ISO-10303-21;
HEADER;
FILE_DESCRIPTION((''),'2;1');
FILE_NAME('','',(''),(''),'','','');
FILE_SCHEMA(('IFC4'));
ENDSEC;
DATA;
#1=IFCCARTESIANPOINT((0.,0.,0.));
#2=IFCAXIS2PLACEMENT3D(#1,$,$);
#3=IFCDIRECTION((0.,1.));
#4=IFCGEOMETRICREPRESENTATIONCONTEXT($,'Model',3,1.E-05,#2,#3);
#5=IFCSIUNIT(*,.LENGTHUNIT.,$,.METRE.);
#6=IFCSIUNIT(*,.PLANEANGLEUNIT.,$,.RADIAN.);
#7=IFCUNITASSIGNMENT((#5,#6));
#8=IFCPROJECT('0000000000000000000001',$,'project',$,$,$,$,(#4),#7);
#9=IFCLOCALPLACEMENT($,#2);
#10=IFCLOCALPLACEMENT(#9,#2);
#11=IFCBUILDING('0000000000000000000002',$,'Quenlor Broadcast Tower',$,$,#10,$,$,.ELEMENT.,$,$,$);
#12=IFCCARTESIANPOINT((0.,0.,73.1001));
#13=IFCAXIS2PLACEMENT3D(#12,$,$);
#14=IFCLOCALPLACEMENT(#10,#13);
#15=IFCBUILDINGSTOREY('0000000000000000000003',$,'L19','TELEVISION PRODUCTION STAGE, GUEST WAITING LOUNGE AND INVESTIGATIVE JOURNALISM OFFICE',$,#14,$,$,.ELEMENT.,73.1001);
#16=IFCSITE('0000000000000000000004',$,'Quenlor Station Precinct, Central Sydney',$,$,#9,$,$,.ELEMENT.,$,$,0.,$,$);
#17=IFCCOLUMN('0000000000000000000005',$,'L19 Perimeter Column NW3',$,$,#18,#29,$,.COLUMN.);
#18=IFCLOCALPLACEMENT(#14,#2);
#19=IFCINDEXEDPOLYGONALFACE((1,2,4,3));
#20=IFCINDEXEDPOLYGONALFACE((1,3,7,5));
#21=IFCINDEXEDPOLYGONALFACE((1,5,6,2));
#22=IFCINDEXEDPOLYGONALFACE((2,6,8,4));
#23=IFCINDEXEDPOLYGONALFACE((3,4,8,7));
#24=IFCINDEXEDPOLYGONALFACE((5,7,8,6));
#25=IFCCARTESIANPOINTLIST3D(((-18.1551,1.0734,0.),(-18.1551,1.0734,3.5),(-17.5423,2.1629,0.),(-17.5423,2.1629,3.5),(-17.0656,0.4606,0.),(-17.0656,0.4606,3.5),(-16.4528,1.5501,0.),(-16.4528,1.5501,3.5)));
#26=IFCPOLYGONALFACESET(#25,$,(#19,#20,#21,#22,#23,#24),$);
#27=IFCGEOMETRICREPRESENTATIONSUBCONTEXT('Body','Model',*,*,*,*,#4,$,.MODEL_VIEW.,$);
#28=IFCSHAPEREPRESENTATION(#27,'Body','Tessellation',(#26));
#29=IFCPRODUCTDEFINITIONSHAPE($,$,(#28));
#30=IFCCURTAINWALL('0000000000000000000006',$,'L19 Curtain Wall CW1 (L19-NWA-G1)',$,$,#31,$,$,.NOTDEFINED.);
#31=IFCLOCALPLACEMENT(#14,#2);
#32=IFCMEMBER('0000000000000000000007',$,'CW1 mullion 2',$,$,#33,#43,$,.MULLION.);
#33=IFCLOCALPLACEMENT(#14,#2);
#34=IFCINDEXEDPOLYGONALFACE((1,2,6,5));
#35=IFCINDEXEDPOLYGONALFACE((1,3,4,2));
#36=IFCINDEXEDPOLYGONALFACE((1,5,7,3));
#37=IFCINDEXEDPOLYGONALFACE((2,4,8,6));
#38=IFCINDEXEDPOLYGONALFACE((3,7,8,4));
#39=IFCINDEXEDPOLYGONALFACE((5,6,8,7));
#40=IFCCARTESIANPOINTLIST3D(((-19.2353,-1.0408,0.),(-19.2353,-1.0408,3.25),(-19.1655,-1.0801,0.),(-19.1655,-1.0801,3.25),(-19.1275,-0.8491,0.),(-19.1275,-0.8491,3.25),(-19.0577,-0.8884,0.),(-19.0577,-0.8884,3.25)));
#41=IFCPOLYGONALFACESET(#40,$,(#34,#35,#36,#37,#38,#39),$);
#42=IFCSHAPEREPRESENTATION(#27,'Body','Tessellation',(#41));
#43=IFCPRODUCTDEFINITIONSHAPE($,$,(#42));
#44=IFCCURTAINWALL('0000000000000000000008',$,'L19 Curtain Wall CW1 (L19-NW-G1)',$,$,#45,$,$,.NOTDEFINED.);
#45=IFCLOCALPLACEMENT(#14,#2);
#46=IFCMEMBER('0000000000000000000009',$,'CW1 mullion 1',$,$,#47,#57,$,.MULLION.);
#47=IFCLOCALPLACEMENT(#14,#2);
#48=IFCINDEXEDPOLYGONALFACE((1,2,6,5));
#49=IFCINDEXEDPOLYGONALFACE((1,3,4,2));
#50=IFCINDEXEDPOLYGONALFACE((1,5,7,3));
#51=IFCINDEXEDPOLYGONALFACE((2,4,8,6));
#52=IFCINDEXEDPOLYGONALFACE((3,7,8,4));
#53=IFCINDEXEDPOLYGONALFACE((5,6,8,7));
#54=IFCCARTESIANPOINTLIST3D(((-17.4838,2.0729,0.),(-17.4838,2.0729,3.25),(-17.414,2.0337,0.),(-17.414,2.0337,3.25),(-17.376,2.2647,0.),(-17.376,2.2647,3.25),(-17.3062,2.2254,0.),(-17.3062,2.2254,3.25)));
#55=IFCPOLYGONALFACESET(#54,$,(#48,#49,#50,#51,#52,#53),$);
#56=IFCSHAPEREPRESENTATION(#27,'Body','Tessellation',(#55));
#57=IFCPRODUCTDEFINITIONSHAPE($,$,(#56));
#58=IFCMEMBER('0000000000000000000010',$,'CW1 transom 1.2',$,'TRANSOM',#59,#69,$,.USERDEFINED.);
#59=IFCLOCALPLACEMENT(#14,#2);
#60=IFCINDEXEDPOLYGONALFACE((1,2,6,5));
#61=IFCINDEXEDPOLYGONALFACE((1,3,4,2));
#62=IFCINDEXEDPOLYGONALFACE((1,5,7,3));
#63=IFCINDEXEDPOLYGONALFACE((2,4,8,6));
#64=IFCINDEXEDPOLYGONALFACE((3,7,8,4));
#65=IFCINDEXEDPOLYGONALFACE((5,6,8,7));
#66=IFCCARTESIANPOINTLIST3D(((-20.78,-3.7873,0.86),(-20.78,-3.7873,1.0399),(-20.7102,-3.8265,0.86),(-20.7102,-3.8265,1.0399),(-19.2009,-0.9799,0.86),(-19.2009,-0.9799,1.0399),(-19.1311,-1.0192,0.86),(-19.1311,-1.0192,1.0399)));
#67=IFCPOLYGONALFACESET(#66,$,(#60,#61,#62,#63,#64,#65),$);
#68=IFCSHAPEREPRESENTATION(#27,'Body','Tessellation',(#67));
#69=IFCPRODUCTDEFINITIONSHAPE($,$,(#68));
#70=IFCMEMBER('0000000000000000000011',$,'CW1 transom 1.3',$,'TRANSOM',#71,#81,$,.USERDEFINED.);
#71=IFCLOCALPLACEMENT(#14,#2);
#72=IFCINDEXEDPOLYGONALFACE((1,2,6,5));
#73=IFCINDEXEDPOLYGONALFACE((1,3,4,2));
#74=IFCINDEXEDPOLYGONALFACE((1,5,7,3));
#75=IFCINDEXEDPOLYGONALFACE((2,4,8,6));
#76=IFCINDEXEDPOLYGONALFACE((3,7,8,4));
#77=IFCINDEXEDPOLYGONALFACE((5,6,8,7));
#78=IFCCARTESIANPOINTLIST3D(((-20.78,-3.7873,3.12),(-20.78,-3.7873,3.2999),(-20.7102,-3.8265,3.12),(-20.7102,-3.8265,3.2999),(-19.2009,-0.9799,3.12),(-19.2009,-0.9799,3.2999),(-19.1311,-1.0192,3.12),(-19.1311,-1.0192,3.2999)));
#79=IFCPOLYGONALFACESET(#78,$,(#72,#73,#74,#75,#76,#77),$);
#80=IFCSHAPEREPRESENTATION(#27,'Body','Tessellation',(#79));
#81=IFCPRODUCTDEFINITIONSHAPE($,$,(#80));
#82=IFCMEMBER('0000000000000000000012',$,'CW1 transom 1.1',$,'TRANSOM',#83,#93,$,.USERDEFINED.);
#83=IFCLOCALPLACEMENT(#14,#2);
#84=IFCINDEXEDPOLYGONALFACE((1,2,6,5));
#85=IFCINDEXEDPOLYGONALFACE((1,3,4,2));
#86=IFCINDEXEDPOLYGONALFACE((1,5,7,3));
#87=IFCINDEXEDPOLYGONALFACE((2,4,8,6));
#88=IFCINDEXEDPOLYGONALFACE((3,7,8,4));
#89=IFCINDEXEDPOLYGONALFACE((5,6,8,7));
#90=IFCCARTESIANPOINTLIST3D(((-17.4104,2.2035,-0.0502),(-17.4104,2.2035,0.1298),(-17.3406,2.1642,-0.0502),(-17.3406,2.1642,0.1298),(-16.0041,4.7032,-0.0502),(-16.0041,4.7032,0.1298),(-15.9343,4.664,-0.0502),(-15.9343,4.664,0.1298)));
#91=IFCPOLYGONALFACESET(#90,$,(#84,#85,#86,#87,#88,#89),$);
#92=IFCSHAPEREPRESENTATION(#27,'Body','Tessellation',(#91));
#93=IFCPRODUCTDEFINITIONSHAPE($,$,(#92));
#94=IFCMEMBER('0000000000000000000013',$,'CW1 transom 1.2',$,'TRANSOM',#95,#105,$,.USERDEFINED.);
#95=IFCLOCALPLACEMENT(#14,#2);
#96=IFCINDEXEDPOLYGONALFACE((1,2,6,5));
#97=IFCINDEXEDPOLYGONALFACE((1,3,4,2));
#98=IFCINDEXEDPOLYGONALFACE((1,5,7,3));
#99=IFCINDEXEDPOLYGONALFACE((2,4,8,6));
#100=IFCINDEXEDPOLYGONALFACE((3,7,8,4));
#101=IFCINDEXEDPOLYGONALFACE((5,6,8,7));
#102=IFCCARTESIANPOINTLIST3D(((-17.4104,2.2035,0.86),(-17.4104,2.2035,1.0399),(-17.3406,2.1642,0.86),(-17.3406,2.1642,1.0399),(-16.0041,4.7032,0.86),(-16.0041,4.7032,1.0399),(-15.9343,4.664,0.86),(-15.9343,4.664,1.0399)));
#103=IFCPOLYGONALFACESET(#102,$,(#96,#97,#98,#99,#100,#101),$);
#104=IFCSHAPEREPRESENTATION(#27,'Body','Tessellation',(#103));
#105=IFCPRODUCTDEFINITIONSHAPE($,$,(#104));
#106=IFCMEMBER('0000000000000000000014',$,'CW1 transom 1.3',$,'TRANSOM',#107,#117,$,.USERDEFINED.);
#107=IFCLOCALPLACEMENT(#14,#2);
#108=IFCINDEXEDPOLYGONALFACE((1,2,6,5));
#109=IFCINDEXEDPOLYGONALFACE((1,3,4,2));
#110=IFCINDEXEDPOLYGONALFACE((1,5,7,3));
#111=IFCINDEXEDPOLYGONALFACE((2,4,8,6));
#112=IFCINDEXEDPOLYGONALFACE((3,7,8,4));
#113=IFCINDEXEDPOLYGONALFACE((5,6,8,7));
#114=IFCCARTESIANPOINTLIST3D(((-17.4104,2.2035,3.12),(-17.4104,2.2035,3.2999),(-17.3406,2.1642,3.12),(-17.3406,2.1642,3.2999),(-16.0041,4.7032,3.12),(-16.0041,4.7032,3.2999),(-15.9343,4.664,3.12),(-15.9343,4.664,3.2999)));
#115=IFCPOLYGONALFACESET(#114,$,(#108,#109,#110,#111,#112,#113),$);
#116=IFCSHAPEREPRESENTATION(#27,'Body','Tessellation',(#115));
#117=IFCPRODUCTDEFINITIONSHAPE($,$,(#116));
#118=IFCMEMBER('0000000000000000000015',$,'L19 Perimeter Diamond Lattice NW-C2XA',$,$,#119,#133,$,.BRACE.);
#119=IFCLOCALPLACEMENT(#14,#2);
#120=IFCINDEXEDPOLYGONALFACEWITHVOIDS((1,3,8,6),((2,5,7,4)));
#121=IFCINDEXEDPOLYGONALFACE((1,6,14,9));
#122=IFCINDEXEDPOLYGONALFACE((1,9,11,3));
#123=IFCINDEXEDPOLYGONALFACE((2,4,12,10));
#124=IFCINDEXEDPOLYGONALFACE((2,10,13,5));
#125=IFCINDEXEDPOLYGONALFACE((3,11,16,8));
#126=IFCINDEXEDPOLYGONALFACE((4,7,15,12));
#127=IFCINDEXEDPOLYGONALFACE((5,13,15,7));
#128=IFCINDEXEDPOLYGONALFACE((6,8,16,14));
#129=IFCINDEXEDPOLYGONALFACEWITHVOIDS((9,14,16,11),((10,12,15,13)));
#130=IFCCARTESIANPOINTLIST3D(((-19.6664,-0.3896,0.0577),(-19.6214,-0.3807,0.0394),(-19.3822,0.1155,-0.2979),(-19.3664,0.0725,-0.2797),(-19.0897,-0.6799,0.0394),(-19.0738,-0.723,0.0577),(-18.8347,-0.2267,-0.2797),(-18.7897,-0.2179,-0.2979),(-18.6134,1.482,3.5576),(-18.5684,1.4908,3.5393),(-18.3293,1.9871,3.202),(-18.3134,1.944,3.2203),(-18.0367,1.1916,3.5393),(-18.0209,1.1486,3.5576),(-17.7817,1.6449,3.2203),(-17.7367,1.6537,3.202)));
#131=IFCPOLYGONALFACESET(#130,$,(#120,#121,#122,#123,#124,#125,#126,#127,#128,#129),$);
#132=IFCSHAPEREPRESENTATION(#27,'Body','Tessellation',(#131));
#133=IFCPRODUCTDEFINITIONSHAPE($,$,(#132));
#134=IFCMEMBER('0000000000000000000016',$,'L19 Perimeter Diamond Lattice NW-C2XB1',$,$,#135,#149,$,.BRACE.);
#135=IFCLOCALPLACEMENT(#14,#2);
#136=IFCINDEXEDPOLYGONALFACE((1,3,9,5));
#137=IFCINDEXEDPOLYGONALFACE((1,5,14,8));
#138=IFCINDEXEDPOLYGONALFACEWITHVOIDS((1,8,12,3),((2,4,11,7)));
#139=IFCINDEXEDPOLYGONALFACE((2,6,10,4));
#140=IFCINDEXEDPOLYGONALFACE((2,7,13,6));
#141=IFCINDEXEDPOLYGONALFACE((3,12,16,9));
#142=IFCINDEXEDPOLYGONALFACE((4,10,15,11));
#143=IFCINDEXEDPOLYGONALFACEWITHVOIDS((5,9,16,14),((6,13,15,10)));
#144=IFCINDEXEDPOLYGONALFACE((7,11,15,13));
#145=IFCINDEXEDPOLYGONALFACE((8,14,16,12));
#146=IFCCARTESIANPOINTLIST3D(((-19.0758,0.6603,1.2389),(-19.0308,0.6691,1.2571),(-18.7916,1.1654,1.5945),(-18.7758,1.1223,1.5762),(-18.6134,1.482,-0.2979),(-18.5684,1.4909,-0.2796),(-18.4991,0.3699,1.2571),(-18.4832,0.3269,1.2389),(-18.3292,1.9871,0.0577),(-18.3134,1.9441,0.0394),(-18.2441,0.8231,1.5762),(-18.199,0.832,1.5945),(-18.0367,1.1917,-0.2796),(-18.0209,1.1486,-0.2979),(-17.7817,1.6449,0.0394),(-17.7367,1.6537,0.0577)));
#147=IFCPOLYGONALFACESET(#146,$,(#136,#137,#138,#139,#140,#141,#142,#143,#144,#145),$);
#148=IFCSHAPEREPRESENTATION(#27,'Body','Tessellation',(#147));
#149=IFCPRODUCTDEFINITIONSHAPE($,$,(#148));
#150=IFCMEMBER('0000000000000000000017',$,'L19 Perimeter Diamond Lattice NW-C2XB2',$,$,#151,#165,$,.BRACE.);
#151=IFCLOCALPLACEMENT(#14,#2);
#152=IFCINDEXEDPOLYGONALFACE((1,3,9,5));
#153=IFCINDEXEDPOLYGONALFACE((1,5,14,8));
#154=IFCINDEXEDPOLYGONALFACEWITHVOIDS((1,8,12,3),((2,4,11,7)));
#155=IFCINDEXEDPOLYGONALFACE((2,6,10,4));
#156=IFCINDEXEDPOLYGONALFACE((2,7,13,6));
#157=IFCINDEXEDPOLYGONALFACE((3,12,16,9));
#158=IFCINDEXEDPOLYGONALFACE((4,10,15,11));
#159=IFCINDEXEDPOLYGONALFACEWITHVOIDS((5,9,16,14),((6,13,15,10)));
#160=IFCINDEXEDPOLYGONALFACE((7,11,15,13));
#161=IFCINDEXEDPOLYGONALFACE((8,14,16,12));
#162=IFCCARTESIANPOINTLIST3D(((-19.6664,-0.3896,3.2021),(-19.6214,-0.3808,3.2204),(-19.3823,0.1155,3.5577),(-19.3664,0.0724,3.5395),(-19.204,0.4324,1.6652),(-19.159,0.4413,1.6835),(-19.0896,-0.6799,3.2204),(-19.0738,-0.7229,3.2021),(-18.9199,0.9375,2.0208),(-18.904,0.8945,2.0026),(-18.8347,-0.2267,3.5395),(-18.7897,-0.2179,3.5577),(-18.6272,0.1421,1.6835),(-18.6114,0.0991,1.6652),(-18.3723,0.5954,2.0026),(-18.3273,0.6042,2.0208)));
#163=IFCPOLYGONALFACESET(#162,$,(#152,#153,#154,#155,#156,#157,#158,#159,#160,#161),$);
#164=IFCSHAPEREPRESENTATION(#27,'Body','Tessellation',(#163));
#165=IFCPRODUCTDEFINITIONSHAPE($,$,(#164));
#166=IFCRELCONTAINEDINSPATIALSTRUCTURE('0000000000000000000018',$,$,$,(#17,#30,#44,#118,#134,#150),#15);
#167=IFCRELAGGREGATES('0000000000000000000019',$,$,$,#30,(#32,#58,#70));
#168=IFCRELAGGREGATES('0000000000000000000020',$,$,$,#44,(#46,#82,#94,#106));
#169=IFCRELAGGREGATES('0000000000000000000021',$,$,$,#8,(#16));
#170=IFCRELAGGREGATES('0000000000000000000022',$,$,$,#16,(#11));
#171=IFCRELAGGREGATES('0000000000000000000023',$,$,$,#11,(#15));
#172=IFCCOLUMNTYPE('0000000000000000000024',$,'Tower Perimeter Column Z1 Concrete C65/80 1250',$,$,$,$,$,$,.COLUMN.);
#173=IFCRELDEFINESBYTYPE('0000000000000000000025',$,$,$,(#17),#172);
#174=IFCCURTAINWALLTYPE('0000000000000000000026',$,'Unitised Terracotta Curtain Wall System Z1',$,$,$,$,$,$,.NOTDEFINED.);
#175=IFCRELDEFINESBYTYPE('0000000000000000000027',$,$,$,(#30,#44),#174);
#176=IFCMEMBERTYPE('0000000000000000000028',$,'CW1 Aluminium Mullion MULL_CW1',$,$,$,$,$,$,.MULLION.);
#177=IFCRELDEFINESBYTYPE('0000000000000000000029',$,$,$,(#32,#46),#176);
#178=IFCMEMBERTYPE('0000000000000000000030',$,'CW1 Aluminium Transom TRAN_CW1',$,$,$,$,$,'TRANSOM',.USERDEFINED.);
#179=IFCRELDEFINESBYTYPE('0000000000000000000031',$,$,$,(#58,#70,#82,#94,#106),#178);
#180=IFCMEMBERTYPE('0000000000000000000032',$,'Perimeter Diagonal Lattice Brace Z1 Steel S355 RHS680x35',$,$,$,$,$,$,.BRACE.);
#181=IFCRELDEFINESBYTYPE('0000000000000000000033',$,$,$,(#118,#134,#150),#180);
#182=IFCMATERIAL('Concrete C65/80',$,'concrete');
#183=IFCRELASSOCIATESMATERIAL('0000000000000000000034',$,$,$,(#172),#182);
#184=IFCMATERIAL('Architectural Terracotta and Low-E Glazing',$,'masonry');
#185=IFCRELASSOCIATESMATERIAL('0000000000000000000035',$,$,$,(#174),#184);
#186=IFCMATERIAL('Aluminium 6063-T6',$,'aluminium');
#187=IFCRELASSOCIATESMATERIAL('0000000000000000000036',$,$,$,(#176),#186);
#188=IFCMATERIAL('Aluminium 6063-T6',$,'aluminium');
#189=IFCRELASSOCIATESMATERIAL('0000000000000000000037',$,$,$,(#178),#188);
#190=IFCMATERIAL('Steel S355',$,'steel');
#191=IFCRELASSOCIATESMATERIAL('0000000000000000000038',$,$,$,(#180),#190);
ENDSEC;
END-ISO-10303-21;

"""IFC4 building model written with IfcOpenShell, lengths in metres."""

from ifc_helpers import new_model, si_unit, direction, frame, origin, origin_2d, place, context, subcontext, project, spatial, rectangle, hollow_rectangle, extrude, material, material_profile, profile_set, type_object, element, aggregate, save


model = new_model("IFC4")

# Units and contexts
model_context = context("Model", 3, precision=1e-05, world=origin(), true_north=direction((0.0, 1.0)))
body_context = subcontext(model_context, "Body", "Model", "MODEL_VIEW")
ifc_project = project(units=[si_unit("LENGTHUNIT", "METRE"), si_unit("PLANEANGLEUNIT", "RADIAN")], contexts=[model_context])

# Site, building, storey
site_placement = place(None, origin())
site = spatial("IfcSite", under=ifc_project, at=site_placement, Name="Quenlor Station Precinct, Central Sydney", CompositionType="ELEMENT", RefElevation=0.0)
building_placement = place(site_placement, origin())
building = spatial("IfcBuilding", under=site, at=building_placement, Name="Quenlor Broadcast Tower", CompositionType="ELEMENT")
storey_placement = place(building_placement, frame((0.0, 0.0, 73.1001)))
storey = spatial("IfcBuildingStorey", under=building, at=storey_placement, Name="L19", Description="TELEVISION PRODUCTION STAGE, GUEST WAITING LOUNGE AND INVESTIGATIVE JOURNALISM OFFICE", CompositionType="ELEMENT", Elevation=73.1001)

# Column
ifc_material_1 = material(Name="Concrete C65/80", Category="concrete")
ifc_material_profile_1 = material_profile(ifc_material_1, rectangle(XDim=1.25, YDim=1.25, at=origin_2d()))
ifc_profile_set_1 = profile_set([ifc_material_profile_1], Name="Concrete C65/80 RC1250x1250")
column_type = type_object("IfcColumnType", Name="Tower Perimeter Column Z1 Concrete C65/80 1250", PredefinedType="COLUMN", material=ifc_profile_set_1)
column_placement = place(storey_placement, frame((-17.304, 1.3118, 0.0), z_axis=(0.0, 0.0, 1.0), x_axis=(-0.871575, 0.490262, 0.0)))
element("IfcColumn", 1, at=column_placement, inside=storey, type_object=column_type, Name="L19 Perimeter Column NW3", PredefinedType="COLUMN", context=body_context, shape_type="SweptSolid", body=[
    extrude(rectangle(XDim=1.25, YDim=1.25, at=origin_2d()), origin(), (0.0, 0.0, 1.0), 3.5),
])

# Curtain walls, members
ifc_material_2 = material(Name="Architectural Terracotta and Low-E Glazing", Category="masonry")
curtain_wall_type = type_object("IfcCurtainWallType", Name="Unitised Terracotta Curtain Wall System Z1", PredefinedType="NOTDEFINED", material=ifc_material_2)
curtain_wall_1_placement = place(storey_placement, origin())
curtain_wall_1 = element("IfcCurtainWall", 2, at=curtain_wall_1_placement, inside=storey, type_object=curtain_wall_type, Name="L19 Curtain Wall CW1 (L19-NWA-G1)", PredefinedType="NOTDEFINED")
ifc_material_3 = material(Name="Aluminium 6063-T6", Category="aluminium")
ifc_material_profile_2 = material_profile(ifc_material_3, rectangle(XDim=0.0801, YDim=0.22, at=origin_2d()))
ifc_profile_set_2 = profile_set([ifc_material_profile_2], Name="Aluminium 6063-T6 MULL80x220")
member_type_1 = type_object("IfcMemberType", Name="CW1 Aluminium Mullion MULL_CW1", PredefinedType="MULLION", material=ifc_profile_set_2)
member_1_placement = place(storey_placement, frame((-19.1465, -0.9646, 0.0), z_axis=(0.0, 0.0, 1.0), x_axis=(-0.871578, 0.490257, 0.0)))
member_1 = element("IfcMember", 3, at=member_1_placement, type_object=member_type_1, Name="CW1 mullion 2", PredefinedType="MULLION", context=body_context, shape_type="SweptSolid", body=[
    extrude(rectangle(XDim=0.0801, YDim=0.22, at=origin_2d()), origin(), (0.0, 0.0, 1.0), 3.25),
])
curtain_wall_2_placement = place(storey_placement, origin())
curtain_wall_2 = element("IfcCurtainWall", 4, at=curtain_wall_2_placement, inside=storey, type_object=curtain_wall_type, Name="L19 Curtain Wall CW1 (L19-NW-G1)", PredefinedType="NOTDEFINED")
member_2_placement = place(storey_placement, frame((-17.395, 2.1492, 0.0), z_axis=(0.0, 0.0, 1.0), x_axis=(-0.871568, 0.490274, 0.0)))
member_2 = element("IfcMember", 5, at=member_2_placement, type_object=member_type_1, Name="CW1 mullion 1", PredefinedType="MULLION", context=body_context, shape_type="SweptSolid", body=[
    extrude(rectangle(XDim=0.0801, YDim=0.22, at=origin_2d()), origin(), (0.0, 0.0, 1.0), 3.25),
])

# Members
ifc_material_4 = material(Name="Aluminium 6063-T6", Category="aluminium")
ifc_material_profile_3 = material_profile(ifc_material_4, rectangle(XDim=0.0801, YDim=0.1799, at=origin_2d()))
ifc_profile_set_3 = profile_set([ifc_material_profile_3], Name="Aluminium 6063-T6 TRAN80x180")
member_type_2 = type_object("IfcMemberType", Name="CW1 Aluminium Transom TRAN_CW1", ElementType="TRANSOM", PredefinedType="USERDEFINED", material=ifc_profile_set_3)
member_3_placement = place(storey_placement, frame((-20.7451, -3.8069, 0.95), z_axis=(0.49025, 0.871582, 0.0), x_axis=(-0.871582, 0.49025, 0.0)))
member_3 = element("IfcMember", 6, at=member_3_placement, type_object=member_type_2, Name="CW1 transom 1.2", ObjectType="TRANSOM", PredefinedType="USERDEFINED", context=body_context, shape_type="SweptSolid", body=[
    extrude(rectangle(XDim=0.0801, YDim=0.1799, at=origin_2d()), origin(), (0.0, 0.0, 1.0), 3.2209),
])
member_4_placement = place(storey_placement, frame((-20.7451, -3.8069, 3.21), z_axis=(0.49025, 0.871582, 0.0), x_axis=(-0.871582, 0.49025, 0.0)))
member_4 = element("IfcMember", 7, at=member_4_placement, type_object=member_type_2, Name="CW1 transom 1.3", ObjectType="TRANSOM", PredefinedType="USERDEFINED", context=body_context, shape_type="SweptSolid", body=[
    extrude(rectangle(XDim=0.0801, YDim=0.1799, at=origin_2d()), origin(), (0.0, 0.0, 1.0), 3.2209),
])
member_5_placement = place(storey_placement, frame((-17.3755, 2.1838, 0.0398), z_axis=(0.490298, 0.871555, 0.0), x_axis=(-0.871555, 0.490298, 0.0)))
member_5 = element("IfcMember", 8, at=member_5_placement, type_object=member_type_2, Name="CW1 transom 1.1", ObjectType="TRANSOM", PredefinedType="USERDEFINED", context=body_context, shape_type="SweptSolid", body=[
    extrude(rectangle(XDim=0.0801, YDim=0.1799, at=origin_2d()), origin(), (0.0, 0.0, 1.0), 2.8682),
])
member_6_placement = place(storey_placement, frame((-17.3755, 2.1838, 0.95), z_axis=(0.490298, 0.871555, 0.0), x_axis=(-0.871555, 0.490298, 0.0)))
member_6 = element("IfcMember", 9, at=member_6_placement, type_object=member_type_2, Name="CW1 transom 1.2", ObjectType="TRANSOM", PredefinedType="USERDEFINED", context=body_context, shape_type="SweptSolid", body=[
    extrude(rectangle(XDim=0.0801, YDim=0.1799, at=origin_2d()), origin(), (0.0, 0.0, 1.0), 2.8682),
])
member_7_placement = place(storey_placement, frame((-17.3755, 2.1838, 3.21), z_axis=(0.490298, 0.871555, 0.0), x_axis=(-0.871555, 0.490298, 0.0)))
member_7 = element("IfcMember", 10, at=member_7_placement, type_object=member_type_2, Name="CW1 transom 1.3", ObjectType="TRANSOM", PredefinedType="USERDEFINED", context=body_context, shape_type="SweptSolid", body=[
    extrude(rectangle(XDim=0.0801, YDim=0.1799, at=origin_2d()), origin(), (0.0, 0.0, 1.0), 2.8682),
])

# Members
ifc_material_5 = material(Name="Steel S355", Category="steel")
ifc_material_profile_4 = material_profile(ifc_material_5, hollow_rectangle(XDim=0.6799, YDim=0.6799, WallThickness=0.0349, at=origin_2d()))
ifc_profile_set_4 = profile_set([ifc_material_profile_4], Name="Steel S355 RHS680x680x35")
member_type_3 = type_object("IfcMemberType", Name="Perimeter Diagonal Lattice Brace Z1 Steel S355 RHS680x35", PredefinedType="BRACE", material=ifc_profile_set_4)
member_8_placement = place(storey_placement, frame((-19.228, -0.3037, -0.1201), z_axis=(0.256431, 0.455785, 0.852352), x_axis=(-0.871533, 0.490337, 0.0)))
element("IfcMember", 11, at=member_8_placement, inside=storey, type_object=member_type_3, Name="L19 Perimeter Diamond Lattice NW-C2XA", PredefinedType="BRACE", context=body_context, shape_type="SweptSolid", body=[
    extrude(hollow_rectangle(XDim=0.6799, YDim=0.6799, WallThickness=0.0349, at=origin_2d()), origin(), (0.0, 0.0, 1.0), 4.1062),
])
member_9_placement = place(storey_placement, frame((-18.175, 1.5679, -0.1201), z_axis=(-0.256452, -0.455764, 0.852357), x_axis=(0.871506, -0.490384, 0.0)))
element("IfcMember", 12, at=member_9_placement, inside=storey, type_object=member_type_3, Name="L19 Perimeter Diamond Lattice NW-C2XB1", PredefinedType="BRACE", context=body_context, shape_type="SweptSolid", body=[
    extrude(hollow_rectangle(XDim=0.6799, YDim=0.6799, WallThickness=0.0349, at=origin_2d()), origin(), (0.0, 0.0, 1.0), 1.803),
])
member_10_placement = place(storey_placement, frame((-18.7656, 0.5183, 1.843), z_axis=(-0.256436, -0.455871, 0.852304), x_axis=(0.871569, -0.490274, 0.0)))
element("IfcMember", 13, at=member_10_placement, inside=storey, type_object=member_type_3, Name="L19 Perimeter Diamond Lattice NW-C2XB2", PredefinedType="BRACE", context=body_context, shape_type="SweptSolid", body=[
    extrude(hollow_rectangle(XDim=0.6799, YDim=0.6799, WallThickness=0.0349, at=origin_2d()), origin(), (0.0, 0.0, 1.0), 1.8032),
])

aggregate(curtain_wall_1, [member_1, member_3, member_4])
aggregate(curtain_wall_2, [member_2, member_5, member_6, member_7])

save(model, "model.ifc")
